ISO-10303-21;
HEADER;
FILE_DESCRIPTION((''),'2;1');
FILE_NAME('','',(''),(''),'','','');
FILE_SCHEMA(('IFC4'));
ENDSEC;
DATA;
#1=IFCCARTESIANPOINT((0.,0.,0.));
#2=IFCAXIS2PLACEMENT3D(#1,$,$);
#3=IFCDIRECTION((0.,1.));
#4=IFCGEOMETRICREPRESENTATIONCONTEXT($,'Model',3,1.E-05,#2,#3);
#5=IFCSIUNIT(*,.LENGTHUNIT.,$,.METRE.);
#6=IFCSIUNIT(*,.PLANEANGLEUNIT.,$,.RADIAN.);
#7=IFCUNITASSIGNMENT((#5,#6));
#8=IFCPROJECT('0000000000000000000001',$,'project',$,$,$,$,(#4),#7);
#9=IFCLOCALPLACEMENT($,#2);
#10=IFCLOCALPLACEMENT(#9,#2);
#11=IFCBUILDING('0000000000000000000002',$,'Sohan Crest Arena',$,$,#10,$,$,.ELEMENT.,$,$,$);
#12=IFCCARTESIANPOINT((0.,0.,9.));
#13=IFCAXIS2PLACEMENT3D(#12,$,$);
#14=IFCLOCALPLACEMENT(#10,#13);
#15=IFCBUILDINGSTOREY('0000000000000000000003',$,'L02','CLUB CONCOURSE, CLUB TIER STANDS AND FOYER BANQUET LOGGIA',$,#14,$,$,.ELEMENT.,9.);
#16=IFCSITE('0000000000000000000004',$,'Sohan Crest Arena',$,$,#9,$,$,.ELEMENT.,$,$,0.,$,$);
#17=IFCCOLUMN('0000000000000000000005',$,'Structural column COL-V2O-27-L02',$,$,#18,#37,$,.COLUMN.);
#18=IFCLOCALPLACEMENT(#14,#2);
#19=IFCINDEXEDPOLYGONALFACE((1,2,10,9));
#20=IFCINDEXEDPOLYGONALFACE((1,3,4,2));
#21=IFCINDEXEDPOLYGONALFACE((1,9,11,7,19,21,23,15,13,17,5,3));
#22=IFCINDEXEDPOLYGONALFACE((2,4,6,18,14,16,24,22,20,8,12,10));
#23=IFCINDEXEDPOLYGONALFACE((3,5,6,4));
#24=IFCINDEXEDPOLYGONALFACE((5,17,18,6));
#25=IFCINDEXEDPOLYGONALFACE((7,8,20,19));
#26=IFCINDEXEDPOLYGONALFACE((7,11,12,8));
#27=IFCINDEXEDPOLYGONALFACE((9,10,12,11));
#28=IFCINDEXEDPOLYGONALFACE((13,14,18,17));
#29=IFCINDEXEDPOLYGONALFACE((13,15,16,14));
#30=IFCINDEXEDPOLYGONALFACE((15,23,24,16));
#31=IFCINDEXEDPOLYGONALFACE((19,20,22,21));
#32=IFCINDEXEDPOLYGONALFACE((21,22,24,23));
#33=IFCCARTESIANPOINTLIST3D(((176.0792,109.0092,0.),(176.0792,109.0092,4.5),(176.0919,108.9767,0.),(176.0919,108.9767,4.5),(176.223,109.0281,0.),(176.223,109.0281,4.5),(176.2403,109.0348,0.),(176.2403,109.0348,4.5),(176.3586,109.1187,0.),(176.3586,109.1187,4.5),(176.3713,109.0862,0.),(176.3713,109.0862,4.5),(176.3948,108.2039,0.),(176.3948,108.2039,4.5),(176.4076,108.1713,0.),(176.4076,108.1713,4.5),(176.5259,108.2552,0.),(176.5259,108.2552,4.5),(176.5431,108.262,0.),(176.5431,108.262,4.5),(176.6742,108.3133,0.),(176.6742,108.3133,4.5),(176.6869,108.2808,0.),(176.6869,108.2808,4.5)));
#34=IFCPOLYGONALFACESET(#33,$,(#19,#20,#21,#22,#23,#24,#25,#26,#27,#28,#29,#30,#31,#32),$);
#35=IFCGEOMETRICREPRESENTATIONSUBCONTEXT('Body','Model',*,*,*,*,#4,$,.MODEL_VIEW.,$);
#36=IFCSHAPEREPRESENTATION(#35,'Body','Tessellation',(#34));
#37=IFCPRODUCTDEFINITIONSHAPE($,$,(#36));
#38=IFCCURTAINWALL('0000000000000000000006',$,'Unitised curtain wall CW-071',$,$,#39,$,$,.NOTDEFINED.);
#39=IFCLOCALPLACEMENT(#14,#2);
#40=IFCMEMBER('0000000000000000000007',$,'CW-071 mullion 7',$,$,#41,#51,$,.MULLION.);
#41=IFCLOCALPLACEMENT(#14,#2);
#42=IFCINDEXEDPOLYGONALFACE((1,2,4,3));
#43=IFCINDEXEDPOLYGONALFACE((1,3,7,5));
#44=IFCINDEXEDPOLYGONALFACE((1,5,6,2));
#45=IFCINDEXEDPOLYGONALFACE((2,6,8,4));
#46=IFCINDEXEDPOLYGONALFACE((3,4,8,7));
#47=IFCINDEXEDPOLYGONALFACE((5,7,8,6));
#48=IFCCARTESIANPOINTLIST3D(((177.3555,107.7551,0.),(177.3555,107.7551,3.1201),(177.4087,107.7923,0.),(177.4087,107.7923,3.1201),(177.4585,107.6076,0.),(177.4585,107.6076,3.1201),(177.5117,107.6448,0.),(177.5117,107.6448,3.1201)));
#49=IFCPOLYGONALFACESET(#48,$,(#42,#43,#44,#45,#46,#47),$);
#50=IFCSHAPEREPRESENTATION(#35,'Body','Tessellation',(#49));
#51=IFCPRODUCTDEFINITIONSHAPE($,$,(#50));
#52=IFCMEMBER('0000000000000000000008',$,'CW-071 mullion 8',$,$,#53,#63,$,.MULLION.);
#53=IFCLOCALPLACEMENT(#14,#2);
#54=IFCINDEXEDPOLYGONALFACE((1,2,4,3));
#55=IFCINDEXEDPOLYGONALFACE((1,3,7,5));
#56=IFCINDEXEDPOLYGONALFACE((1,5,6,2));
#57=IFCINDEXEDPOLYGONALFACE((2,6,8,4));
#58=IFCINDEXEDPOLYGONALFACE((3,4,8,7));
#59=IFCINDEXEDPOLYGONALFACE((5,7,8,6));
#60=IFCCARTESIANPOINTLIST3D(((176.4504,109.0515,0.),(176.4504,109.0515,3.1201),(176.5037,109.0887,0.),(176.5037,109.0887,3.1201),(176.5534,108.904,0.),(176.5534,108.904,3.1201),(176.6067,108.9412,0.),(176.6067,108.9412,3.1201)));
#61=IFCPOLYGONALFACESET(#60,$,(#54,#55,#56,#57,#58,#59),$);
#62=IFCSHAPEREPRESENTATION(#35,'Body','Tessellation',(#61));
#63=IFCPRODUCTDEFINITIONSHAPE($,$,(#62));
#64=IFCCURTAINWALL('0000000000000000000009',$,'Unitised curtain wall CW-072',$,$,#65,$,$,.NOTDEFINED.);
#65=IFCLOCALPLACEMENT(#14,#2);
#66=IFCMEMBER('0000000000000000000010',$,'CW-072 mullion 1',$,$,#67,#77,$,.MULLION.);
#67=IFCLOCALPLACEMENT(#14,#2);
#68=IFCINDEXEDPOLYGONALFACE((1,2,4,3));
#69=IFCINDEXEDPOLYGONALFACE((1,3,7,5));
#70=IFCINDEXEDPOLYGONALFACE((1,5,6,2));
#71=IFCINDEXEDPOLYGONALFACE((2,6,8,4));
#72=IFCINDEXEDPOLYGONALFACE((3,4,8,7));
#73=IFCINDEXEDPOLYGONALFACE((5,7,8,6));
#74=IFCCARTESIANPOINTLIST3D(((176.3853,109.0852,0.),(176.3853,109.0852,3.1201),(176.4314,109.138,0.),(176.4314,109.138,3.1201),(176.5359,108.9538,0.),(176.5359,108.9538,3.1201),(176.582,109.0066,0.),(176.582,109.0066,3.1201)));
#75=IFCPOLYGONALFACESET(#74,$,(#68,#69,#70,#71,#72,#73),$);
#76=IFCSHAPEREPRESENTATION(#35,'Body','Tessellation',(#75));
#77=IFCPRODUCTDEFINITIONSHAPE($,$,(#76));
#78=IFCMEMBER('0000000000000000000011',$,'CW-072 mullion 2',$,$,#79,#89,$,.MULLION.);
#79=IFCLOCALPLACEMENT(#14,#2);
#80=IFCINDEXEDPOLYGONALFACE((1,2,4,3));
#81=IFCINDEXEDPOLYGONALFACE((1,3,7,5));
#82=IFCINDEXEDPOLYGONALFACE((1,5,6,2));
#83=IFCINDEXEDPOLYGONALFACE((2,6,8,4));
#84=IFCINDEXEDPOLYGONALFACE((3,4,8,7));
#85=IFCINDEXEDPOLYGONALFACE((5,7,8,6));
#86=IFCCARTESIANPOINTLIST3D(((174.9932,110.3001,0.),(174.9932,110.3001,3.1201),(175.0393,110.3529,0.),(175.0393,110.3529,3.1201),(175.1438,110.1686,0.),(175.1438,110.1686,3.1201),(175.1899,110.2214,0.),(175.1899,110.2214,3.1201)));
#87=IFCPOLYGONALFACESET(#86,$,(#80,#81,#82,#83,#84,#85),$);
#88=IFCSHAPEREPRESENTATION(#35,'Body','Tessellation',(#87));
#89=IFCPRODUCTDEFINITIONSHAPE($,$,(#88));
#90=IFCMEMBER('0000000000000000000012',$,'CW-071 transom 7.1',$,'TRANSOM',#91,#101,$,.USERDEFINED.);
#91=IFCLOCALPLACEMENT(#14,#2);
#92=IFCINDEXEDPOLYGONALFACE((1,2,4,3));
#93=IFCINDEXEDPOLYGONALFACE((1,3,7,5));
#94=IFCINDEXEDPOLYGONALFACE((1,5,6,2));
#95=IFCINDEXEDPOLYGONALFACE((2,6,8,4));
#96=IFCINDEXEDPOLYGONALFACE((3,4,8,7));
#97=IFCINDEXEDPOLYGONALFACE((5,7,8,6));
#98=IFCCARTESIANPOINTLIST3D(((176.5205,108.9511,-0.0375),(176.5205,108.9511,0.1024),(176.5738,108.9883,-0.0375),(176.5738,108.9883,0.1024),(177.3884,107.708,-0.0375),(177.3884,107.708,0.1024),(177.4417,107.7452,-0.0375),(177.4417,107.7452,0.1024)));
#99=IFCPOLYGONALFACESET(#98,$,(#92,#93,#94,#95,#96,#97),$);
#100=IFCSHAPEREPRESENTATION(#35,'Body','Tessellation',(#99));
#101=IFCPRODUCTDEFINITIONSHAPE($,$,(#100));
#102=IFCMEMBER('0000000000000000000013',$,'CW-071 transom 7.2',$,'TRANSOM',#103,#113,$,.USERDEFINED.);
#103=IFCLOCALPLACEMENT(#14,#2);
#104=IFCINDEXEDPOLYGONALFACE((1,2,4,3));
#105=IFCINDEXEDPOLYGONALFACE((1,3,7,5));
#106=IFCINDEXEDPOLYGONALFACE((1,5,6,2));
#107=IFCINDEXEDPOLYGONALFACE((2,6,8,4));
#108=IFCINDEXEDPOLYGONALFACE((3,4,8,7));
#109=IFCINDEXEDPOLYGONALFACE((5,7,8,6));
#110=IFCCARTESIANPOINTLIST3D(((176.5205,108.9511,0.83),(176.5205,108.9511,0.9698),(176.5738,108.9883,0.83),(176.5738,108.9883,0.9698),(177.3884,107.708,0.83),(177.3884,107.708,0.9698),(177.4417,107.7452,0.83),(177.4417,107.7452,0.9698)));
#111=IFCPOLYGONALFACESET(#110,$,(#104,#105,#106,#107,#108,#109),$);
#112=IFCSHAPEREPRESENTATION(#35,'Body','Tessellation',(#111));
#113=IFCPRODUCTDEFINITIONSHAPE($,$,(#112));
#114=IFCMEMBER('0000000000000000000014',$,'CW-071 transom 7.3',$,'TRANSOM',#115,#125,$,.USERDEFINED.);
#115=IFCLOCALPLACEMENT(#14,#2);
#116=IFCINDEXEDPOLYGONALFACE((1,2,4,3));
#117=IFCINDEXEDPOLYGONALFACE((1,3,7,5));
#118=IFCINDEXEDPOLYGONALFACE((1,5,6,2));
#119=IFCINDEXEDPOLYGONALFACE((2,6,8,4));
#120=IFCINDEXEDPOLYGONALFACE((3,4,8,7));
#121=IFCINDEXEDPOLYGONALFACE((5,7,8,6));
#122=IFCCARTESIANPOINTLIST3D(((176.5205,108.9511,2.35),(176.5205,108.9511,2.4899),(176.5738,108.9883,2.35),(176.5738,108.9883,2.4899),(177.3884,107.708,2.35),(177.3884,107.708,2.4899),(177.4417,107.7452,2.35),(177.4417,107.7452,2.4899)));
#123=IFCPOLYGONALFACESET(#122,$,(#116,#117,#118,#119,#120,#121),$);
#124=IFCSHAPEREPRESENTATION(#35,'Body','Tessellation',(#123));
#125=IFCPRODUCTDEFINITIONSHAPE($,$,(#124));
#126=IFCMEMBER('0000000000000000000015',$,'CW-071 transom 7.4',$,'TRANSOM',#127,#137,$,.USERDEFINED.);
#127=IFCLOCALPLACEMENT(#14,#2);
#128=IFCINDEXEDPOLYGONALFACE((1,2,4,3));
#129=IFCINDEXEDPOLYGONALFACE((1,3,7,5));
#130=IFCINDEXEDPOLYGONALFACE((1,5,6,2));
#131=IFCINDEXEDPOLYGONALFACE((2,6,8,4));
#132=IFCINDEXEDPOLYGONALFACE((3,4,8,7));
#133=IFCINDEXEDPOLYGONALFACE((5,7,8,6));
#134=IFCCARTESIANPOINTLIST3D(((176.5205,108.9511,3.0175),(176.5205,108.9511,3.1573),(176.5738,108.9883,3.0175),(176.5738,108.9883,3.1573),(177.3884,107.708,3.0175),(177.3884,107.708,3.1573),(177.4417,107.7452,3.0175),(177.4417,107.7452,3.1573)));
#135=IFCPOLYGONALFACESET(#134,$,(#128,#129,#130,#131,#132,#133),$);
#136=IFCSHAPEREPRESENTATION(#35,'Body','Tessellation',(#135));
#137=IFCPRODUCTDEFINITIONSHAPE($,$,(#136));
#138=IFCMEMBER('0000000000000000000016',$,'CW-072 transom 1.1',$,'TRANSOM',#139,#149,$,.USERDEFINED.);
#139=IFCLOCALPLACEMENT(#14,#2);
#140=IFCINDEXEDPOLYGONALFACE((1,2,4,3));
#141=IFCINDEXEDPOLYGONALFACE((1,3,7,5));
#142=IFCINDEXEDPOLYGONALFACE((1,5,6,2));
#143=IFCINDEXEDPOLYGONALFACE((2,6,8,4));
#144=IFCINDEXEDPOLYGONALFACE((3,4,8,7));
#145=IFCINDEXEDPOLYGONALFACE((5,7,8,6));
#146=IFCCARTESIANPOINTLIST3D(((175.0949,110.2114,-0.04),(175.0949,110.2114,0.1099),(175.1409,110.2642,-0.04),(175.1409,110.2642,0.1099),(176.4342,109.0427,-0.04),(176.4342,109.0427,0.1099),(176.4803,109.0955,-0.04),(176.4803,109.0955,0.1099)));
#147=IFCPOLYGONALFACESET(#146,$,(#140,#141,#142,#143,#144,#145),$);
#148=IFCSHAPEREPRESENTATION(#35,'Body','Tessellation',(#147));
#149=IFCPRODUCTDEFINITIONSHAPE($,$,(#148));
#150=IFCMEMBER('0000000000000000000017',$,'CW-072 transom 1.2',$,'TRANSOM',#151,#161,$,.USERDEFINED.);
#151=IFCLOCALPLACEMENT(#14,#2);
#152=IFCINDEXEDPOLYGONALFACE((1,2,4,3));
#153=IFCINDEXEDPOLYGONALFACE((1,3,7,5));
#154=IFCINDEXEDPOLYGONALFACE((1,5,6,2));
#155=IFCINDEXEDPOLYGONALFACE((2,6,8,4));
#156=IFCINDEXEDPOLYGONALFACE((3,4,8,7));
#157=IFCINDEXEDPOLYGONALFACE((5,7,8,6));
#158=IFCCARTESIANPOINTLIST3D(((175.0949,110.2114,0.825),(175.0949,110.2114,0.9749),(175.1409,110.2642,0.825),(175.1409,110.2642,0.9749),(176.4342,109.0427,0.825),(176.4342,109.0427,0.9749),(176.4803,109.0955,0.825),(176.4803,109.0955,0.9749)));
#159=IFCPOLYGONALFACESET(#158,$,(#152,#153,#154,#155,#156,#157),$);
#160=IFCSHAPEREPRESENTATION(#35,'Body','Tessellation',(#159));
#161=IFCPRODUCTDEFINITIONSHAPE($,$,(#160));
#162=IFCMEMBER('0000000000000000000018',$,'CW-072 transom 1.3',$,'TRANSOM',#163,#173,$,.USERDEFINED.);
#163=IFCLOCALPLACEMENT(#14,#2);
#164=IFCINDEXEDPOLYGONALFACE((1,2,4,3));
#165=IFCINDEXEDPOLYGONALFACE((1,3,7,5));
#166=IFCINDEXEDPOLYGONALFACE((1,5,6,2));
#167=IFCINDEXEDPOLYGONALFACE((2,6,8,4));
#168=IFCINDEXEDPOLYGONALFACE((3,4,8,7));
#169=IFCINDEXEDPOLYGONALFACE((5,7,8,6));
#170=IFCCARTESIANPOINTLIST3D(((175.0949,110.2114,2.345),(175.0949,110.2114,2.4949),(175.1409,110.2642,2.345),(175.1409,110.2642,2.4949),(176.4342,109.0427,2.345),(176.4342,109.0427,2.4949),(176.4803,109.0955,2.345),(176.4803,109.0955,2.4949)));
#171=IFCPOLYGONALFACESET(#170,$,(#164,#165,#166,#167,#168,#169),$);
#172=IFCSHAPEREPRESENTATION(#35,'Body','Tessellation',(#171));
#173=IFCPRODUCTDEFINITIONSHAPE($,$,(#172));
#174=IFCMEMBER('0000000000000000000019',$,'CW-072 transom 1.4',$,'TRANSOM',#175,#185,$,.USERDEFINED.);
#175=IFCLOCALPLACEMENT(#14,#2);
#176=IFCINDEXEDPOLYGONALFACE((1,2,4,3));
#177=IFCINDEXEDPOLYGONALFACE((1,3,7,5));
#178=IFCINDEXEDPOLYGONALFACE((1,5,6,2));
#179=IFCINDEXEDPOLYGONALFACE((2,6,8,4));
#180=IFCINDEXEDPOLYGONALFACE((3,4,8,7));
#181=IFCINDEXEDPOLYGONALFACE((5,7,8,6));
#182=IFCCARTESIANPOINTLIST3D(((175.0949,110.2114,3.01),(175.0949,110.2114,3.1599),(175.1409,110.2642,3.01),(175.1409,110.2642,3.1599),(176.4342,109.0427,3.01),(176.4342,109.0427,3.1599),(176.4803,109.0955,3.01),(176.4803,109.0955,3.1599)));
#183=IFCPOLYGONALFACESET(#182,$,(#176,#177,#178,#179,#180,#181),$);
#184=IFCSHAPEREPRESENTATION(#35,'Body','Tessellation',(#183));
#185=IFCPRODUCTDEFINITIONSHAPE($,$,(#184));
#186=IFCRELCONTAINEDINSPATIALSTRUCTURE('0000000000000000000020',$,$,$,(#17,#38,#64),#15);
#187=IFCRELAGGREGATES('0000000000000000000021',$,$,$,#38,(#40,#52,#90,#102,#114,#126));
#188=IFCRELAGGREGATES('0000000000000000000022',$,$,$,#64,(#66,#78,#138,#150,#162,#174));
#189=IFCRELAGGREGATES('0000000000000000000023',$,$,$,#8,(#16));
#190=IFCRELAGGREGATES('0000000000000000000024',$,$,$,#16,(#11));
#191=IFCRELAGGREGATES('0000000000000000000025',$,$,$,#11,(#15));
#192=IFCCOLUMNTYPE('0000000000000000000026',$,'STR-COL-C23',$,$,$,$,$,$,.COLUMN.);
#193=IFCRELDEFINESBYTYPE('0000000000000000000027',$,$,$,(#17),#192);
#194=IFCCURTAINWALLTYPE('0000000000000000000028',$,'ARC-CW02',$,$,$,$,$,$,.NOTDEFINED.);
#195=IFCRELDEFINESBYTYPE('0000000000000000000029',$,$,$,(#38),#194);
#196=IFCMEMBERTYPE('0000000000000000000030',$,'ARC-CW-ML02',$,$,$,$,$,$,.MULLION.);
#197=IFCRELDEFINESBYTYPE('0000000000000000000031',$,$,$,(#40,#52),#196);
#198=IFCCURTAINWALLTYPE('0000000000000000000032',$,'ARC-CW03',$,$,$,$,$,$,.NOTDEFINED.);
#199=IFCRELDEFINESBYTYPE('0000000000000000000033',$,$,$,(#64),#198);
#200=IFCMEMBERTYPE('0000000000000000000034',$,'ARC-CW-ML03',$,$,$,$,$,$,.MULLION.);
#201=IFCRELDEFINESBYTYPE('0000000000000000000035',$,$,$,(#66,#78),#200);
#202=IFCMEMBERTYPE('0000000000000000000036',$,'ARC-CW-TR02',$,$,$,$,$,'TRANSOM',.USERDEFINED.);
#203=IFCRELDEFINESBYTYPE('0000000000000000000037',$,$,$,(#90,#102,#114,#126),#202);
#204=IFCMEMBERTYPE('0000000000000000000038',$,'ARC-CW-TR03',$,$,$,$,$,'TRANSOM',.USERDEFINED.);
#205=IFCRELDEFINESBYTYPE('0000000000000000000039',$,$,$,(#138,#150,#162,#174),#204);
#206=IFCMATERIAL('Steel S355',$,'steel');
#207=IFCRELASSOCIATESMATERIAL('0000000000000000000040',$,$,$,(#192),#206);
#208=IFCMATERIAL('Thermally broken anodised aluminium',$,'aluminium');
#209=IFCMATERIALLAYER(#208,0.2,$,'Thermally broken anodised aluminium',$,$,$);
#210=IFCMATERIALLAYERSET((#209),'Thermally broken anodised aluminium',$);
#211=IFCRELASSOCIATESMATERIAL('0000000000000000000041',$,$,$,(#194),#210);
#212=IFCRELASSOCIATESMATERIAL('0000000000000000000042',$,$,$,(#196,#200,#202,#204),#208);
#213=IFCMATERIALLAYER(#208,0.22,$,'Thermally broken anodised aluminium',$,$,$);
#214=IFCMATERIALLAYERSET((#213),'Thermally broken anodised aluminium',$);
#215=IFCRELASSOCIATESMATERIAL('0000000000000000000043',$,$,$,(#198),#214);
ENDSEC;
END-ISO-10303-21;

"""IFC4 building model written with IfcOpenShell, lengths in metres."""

from ifc_helpers import new_model, si_unit, direction, frame, origin, origin_2d, place, context, subcontext, project, spatial, rectangle, i_section, extrude, material, layer, layer_set, material_profile, profile_set, type_object, element, aggregate, save


model = new_model("IFC4")

# Units and contexts
model_context = context("Model", 3, precision=1e-05, world=origin(), true_north=direction((0.0, 1.0)))
body_context = subcontext(model_context, "Body", "Model", "MODEL_VIEW")
ifc_project = project(units=[si_unit("LENGTHUNIT", "METRE"), si_unit("PLANEANGLEUNIT", "RADIAN")], contexts=[model_context])

# Site, building, storey
site_placement = place(None, origin())
site = spatial("IfcSite", under=ifc_project, at=site_placement, Name="Sohan Crest Arena", CompositionType="ELEMENT", RefElevation=0.0)
building_placement = place(site_placement, origin())
building = spatial("IfcBuilding", under=site, at=building_placement, Name="Sohan Crest Arena", CompositionType="ELEMENT")
storey_placement = place(building_placement, frame((0.0, 0.0, 9.0)))
storey = spatial("IfcBuildingStorey", under=building, at=storey_placement, Name="L02", Description="CLUB CONCOURSE, CLUB TIER STANDS AND FOYER BANQUET LOGGIA", CompositionType="ELEMENT", Elevation=9.0)

# Column
ifc_material_1 = material(Name="Steel S355", Category="steel")
ifc_material_profile_1 = material_profile(ifc_material_1, i_section(OverallWidth=0.3, OverallDepth=0.8999, WebThickness=0.0186, FlangeThickness=0.0349, at=origin_2d()), Name="HEB 900")
ifc_profile_set_1 = profile_set([ifc_material_profile_1], Name="Steel S355")
column_type = type_object("IfcColumnType", Name="STR-COL-C23", PredefinedType="COLUMN", material=ifc_profile_set_1)
column_placement = place(storey_placement, frame((176.3831, 108.645, 0.0), z_axis=(0.0, 0.0, 1.0), x_axis=(0.931056, 0.364877, 0.0)))
element("IfcColumn", 1, at=column_placement, inside=storey, type_object=column_type, Name="Structural column COL-V2O-27-L02", PredefinedType="COLUMN", context=body_context, shape_type="SweptSolid", body=[
    extrude(i_section(OverallWidth=0.3, OverallDepth=0.8999, WebThickness=0.0186, FlangeThickness=0.0349, at=origin_2d()), origin(), (0.0, 0.0, 1.0), 4.5),
])

# Curtain walls, members
ifc_material_2 = material(Name="Thermally broken anodised aluminium", Category="aluminium")
ifc_layer_1 = layer(ifc_material_2, 0.2, Name="Thermally broken anodised aluminium")
ifc_layer_set_1 = layer_set([ifc_layer_1], Name="Thermally broken anodised aluminium")
curtain_wall_type_1 = type_object("IfcCurtainWallType", Name="ARC-CW02", PredefinedType="NOTDEFINED", material=ifc_layer_set_1)
curtain_wall_1_placement = place(storey_placement, origin())
curtain_wall_1 = element("IfcCurtainWall", 2, at=curtain_wall_1_placement, inside=storey, type_object=curtain_wall_type_1, Name="Unitised curtain wall CW-071", PredefinedType="NOTDEFINED")
ifc_material_profile_2 = material_profile(ifc_material_2, rectangle(XDim=0.0649, YDim=0.1799, at=origin_2d()), Name="ALU-MULL 65x180")
ifc_profile_set_2 = profile_set([ifc_material_profile_2], Name="Thermally broken anodised aluminium")
member_type_1 = type_object("IfcMemberType", Name="ARC-CW-ML02", PredefinedType="MULLION", material=ifc_profile_set_2)
member_1_placement = place(storey_placement, frame((177.4336, 107.7, 0.0), z_axis=(0.0, 0.0, 1.0), x_axis=(-0.819955, -0.572428, 0.0)))
member_1 = element("IfcMember", 3, at=member_1_placement, type_object=member_type_1, Name="CW-071 mullion 7", PredefinedType="MULLION", context=body_context, shape_type="SweptSolid", body=[
    extrude(rectangle(XDim=0.0649, YDim=0.1799, at=origin_2d()), origin(), (0.0, 0.0, 1.0), 3.1201),
])
member_2_placement = place(storey_placement, frame((176.5286, 108.9963, 0.0), z_axis=(0.0, 0.0, 1.0), x_axis=(-0.819955, -0.572428, 0.0)))
member_2 = element("IfcMember", 4, at=member_2_placement, type_object=member_type_1, Name="CW-071 mullion 8", PredefinedType="MULLION", context=body_context, shape_type="SweptSolid", body=[
    extrude(rectangle(XDim=0.0649, YDim=0.1799, at=origin_2d()), origin(), (0.0, 0.0, 1.0), 3.1201),
])
ifc_layer_2 = layer(ifc_material_2, 0.22, Name="Thermally broken anodised aluminium")
ifc_layer_set_2 = layer_set([ifc_layer_2], Name="Thermally broken anodised aluminium")
curtain_wall_type_2 = type_object("IfcCurtainWallType", Name="ARC-CW03", PredefinedType="NOTDEFINED", material=ifc_layer_set_2)
curtain_wall_2_placement = place(storey_placement, origin())
curtain_wall_2 = element("IfcCurtainWall", 5, at=curtain_wall_2_placement, inside=storey, type_object=curtain_wall_type_2, Name="Unitised curtain wall CW-072", PredefinedType="NOTDEFINED")
ifc_material_profile_3 = material_profile(ifc_material_2, rectangle(XDim=0.0701, YDim=0.2, at=origin_2d()), Name="ALU-MULL 70x200")
ifc_profile_set_3 = profile_set([ifc_material_profile_3], Name="Thermally broken anodised aluminium")
member_type_2 = type_object("IfcMemberType", Name="ARC-CW-ML03", PredefinedType="MULLION", material=ifc_profile_set_3)
member_3_placement = place(storey_placement, frame((176.4836, 109.0459, 0.0), z_axis=(0.0, 0.0, 1.0), x_axis=(-0.657539, -0.753421, 0.0)))
member_3 = element("IfcMember", 6, at=member_3_placement, type_object=member_type_2, Name="CW-072 mullion 1", PredefinedType="MULLION", context=body_context, shape_type="SweptSolid", body=[
    extrude(rectangle(XDim=0.0701, YDim=0.2, at=origin_2d()), origin(), (0.0, 0.0, 1.0), 3.1201),
])
member_4_placement = place(storey_placement, frame((175.0916, 110.2607, 0.0), z_axis=(0.0, 0.0, 1.0), x_axis=(-0.657539, -0.753421, 0.0)))
member_4 = element("IfcMember", 7, at=member_4_placement, type_object=member_type_2, Name="CW-072 mullion 2", PredefinedType="MULLION", context=body_context, shape_type="SweptSolid", body=[
    extrude(rectangle(XDim=0.0701, YDim=0.2, at=origin_2d()), origin(), (0.0, 0.0, 1.0), 3.1201),
])

# Members
ifc_material_profile_4 = material_profile(ifc_material_2, rectangle(XDim=0.0649, YDim=0.1399, at=origin_2d()), Name="ALU-TRAN 65x140")
ifc_profile_set_4 = profile_set([ifc_material_profile_4], Name="Thermally broken anodised aluminium")
member_type_3 = type_object("IfcMemberType", Name="ARC-CW-TR02", ElementType="TRANSOM", PredefinedType="USERDEFINED", material=ifc_profile_set_4)
member_5_placement = place(storey_placement, frame((177.415, 107.7266, 0.0325), z_axis=(-0.572446, 0.819942, 0.0), x_axis=(-0.819942, -0.572446, 0.0)))
member_5 = element("IfcMember", 8, at=member_5_placement, type_object=member_type_3, Name="CW-071 transom 7.1", ObjectType="TRANSOM", PredefinedType="USERDEFINED", context=body_context, shape_type="SweptSolid", body=[
    extrude(rectangle(XDim=0.0649, YDim=0.1399, at=origin_2d()), origin(), (0.0, 0.0, 1.0), 1.5161),
])
member_6_placement = place(storey_placement, frame((177.415, 107.7266, 0.8999), z_axis=(-0.572446, 0.819942, 0.0), x_axis=(-0.819942, -0.572446, 0.0)))
member_6 = element("IfcMember", 9, at=member_6_placement, type_object=member_type_3, Name="CW-071 transom 7.2", ObjectType="TRANSOM", PredefinedType="USERDEFINED", context=body_context, shape_type="SweptSolid", body=[
    extrude(rectangle(XDim=0.0649, YDim=0.1399, at=origin_2d()), origin(), (0.0, 0.0, 1.0), 1.5161),
])
member_7_placement = place(storey_placement, frame((177.415, 107.7266, 2.4199), z_axis=(-0.572446, 0.819942, 0.0), x_axis=(-0.819942, -0.572446, 0.0)))
member_7 = element("IfcMember", 10, at=member_7_placement, type_object=member_type_3, Name="CW-071 transom 7.3", ObjectType="TRANSOM", PredefinedType="USERDEFINED", context=body_context, shape_type="SweptSolid", body=[
    extrude(rectangle(XDim=0.0649, YDim=0.1399, at=origin_2d()), origin(), (0.0, 0.0, 1.0), 1.5161),
])
member_8_placement = place(storey_placement, frame((177.415, 107.7266, 3.0874), z_axis=(-0.572446, 0.819942, 0.0), x_axis=(-0.819942, -0.572446, 0.0)))
member_8 = element("IfcMember", 11, at=member_8_placement, type_object=member_type_3, Name="CW-071 transom 7.4", ObjectType="TRANSOM", PredefinedType="USERDEFINED", context=body_context, shape_type="SweptSolid", body=[
    extrude(rectangle(XDim=0.0649, YDim=0.1399, at=origin_2d()), origin(), (0.0, 0.0, 1.0), 1.5161),
])
ifc_material_profile_5 = material_profile(ifc_material_2, rectangle(XDim=0.0701, YDim=0.1499, at=origin_2d()), Name="ALU-TRAN 70x150")
ifc_profile_set_5 = profile_set([ifc_material_profile_5], Name="Thermally broken anodised aluminium")
member_type_4 = type_object("IfcMemberType", Name="ARC-CW-TR03", ElementType="TRANSOM", PredefinedType="USERDEFINED", material=ifc_profile_set_5)
member_9_placement = place(storey_placement, frame((176.4573, 109.0691, 0.0349), z_axis=(-0.753478, 0.657473, 0.0), x_axis=(-0.657473, -0.753478, 0.0)))
member_9 = element("IfcMember", 12, at=member_9_placement, type_object=member_type_4, Name="CW-072 transom 1.1", ObjectType="TRANSOM", PredefinedType="USERDEFINED", context=body_context, shape_type="SweptSolid", body=[
    extrude(rectangle(XDim=0.0701, YDim=0.1499, at=origin_2d()), origin(), (0.0, 0.0, 1.0), 1.7776),
])
member_10_placement = place(storey_placement, frame((176.4573, 109.0691, 0.8999), z_axis=(-0.753478, 0.657473, 0.0), x_axis=(-0.657473, -0.753478, 0.0)))
member_10 = element("IfcMember", 13, at=member_10_placement, type_object=member_type_4, Name="CW-072 transom 1.2", ObjectType="TRANSOM", PredefinedType="USERDEFINED", context=body_context, shape_type="SweptSolid", body=[
    extrude(rectangle(XDim=0.0701, YDim=0.1499, at=origin_2d()), origin(), (0.0, 0.0, 1.0), 1.7776),
])
member_11_placement = place(storey_placement, frame((176.4573, 109.0691, 2.4199), z_axis=(-0.753478, 0.657473, 0.0), x_axis=(-0.657473, -0.753478, 0.0)))
member_11 = element("IfcMember", 14, at=member_11_placement, type_object=member_type_4, Name="CW-072 transom 1.3", ObjectType="TRANSOM", PredefinedType="USERDEFINED", context=body_context, shape_type="SweptSolid", body=[
    extrude(rectangle(XDim=0.0701, YDim=0.1499, at=origin_2d()), origin(), (0.0, 0.0, 1.0), 1.7776),
])
member_12_placement = place(storey_placement, frame((176.4573, 109.0691, 3.085), z_axis=(-0.753478, 0.657473, 0.0), x_axis=(-0.657473, -0.753478, 0.0)))
member_12 = element("IfcMember", 15, at=member_12_placement, type_object=member_type_4, Name="CW-072 transom 1.4", ObjectType="TRANSOM", PredefinedType="USERDEFINED", context=body_context, shape_type="SweptSolid", body=[
    extrude(rectangle(XDim=0.0701, YDim=0.1499, at=origin_2d()), origin(), (0.0, 0.0, 1.0), 1.7776),
])

aggregate(curtain_wall_1, [member_1, member_2, member_5, member_6, member_7, member_8])
aggregate(curtain_wall_2, [member_3, member_4, member_9, member_10, member_11, member_12])

save(model, "model.ifc")
